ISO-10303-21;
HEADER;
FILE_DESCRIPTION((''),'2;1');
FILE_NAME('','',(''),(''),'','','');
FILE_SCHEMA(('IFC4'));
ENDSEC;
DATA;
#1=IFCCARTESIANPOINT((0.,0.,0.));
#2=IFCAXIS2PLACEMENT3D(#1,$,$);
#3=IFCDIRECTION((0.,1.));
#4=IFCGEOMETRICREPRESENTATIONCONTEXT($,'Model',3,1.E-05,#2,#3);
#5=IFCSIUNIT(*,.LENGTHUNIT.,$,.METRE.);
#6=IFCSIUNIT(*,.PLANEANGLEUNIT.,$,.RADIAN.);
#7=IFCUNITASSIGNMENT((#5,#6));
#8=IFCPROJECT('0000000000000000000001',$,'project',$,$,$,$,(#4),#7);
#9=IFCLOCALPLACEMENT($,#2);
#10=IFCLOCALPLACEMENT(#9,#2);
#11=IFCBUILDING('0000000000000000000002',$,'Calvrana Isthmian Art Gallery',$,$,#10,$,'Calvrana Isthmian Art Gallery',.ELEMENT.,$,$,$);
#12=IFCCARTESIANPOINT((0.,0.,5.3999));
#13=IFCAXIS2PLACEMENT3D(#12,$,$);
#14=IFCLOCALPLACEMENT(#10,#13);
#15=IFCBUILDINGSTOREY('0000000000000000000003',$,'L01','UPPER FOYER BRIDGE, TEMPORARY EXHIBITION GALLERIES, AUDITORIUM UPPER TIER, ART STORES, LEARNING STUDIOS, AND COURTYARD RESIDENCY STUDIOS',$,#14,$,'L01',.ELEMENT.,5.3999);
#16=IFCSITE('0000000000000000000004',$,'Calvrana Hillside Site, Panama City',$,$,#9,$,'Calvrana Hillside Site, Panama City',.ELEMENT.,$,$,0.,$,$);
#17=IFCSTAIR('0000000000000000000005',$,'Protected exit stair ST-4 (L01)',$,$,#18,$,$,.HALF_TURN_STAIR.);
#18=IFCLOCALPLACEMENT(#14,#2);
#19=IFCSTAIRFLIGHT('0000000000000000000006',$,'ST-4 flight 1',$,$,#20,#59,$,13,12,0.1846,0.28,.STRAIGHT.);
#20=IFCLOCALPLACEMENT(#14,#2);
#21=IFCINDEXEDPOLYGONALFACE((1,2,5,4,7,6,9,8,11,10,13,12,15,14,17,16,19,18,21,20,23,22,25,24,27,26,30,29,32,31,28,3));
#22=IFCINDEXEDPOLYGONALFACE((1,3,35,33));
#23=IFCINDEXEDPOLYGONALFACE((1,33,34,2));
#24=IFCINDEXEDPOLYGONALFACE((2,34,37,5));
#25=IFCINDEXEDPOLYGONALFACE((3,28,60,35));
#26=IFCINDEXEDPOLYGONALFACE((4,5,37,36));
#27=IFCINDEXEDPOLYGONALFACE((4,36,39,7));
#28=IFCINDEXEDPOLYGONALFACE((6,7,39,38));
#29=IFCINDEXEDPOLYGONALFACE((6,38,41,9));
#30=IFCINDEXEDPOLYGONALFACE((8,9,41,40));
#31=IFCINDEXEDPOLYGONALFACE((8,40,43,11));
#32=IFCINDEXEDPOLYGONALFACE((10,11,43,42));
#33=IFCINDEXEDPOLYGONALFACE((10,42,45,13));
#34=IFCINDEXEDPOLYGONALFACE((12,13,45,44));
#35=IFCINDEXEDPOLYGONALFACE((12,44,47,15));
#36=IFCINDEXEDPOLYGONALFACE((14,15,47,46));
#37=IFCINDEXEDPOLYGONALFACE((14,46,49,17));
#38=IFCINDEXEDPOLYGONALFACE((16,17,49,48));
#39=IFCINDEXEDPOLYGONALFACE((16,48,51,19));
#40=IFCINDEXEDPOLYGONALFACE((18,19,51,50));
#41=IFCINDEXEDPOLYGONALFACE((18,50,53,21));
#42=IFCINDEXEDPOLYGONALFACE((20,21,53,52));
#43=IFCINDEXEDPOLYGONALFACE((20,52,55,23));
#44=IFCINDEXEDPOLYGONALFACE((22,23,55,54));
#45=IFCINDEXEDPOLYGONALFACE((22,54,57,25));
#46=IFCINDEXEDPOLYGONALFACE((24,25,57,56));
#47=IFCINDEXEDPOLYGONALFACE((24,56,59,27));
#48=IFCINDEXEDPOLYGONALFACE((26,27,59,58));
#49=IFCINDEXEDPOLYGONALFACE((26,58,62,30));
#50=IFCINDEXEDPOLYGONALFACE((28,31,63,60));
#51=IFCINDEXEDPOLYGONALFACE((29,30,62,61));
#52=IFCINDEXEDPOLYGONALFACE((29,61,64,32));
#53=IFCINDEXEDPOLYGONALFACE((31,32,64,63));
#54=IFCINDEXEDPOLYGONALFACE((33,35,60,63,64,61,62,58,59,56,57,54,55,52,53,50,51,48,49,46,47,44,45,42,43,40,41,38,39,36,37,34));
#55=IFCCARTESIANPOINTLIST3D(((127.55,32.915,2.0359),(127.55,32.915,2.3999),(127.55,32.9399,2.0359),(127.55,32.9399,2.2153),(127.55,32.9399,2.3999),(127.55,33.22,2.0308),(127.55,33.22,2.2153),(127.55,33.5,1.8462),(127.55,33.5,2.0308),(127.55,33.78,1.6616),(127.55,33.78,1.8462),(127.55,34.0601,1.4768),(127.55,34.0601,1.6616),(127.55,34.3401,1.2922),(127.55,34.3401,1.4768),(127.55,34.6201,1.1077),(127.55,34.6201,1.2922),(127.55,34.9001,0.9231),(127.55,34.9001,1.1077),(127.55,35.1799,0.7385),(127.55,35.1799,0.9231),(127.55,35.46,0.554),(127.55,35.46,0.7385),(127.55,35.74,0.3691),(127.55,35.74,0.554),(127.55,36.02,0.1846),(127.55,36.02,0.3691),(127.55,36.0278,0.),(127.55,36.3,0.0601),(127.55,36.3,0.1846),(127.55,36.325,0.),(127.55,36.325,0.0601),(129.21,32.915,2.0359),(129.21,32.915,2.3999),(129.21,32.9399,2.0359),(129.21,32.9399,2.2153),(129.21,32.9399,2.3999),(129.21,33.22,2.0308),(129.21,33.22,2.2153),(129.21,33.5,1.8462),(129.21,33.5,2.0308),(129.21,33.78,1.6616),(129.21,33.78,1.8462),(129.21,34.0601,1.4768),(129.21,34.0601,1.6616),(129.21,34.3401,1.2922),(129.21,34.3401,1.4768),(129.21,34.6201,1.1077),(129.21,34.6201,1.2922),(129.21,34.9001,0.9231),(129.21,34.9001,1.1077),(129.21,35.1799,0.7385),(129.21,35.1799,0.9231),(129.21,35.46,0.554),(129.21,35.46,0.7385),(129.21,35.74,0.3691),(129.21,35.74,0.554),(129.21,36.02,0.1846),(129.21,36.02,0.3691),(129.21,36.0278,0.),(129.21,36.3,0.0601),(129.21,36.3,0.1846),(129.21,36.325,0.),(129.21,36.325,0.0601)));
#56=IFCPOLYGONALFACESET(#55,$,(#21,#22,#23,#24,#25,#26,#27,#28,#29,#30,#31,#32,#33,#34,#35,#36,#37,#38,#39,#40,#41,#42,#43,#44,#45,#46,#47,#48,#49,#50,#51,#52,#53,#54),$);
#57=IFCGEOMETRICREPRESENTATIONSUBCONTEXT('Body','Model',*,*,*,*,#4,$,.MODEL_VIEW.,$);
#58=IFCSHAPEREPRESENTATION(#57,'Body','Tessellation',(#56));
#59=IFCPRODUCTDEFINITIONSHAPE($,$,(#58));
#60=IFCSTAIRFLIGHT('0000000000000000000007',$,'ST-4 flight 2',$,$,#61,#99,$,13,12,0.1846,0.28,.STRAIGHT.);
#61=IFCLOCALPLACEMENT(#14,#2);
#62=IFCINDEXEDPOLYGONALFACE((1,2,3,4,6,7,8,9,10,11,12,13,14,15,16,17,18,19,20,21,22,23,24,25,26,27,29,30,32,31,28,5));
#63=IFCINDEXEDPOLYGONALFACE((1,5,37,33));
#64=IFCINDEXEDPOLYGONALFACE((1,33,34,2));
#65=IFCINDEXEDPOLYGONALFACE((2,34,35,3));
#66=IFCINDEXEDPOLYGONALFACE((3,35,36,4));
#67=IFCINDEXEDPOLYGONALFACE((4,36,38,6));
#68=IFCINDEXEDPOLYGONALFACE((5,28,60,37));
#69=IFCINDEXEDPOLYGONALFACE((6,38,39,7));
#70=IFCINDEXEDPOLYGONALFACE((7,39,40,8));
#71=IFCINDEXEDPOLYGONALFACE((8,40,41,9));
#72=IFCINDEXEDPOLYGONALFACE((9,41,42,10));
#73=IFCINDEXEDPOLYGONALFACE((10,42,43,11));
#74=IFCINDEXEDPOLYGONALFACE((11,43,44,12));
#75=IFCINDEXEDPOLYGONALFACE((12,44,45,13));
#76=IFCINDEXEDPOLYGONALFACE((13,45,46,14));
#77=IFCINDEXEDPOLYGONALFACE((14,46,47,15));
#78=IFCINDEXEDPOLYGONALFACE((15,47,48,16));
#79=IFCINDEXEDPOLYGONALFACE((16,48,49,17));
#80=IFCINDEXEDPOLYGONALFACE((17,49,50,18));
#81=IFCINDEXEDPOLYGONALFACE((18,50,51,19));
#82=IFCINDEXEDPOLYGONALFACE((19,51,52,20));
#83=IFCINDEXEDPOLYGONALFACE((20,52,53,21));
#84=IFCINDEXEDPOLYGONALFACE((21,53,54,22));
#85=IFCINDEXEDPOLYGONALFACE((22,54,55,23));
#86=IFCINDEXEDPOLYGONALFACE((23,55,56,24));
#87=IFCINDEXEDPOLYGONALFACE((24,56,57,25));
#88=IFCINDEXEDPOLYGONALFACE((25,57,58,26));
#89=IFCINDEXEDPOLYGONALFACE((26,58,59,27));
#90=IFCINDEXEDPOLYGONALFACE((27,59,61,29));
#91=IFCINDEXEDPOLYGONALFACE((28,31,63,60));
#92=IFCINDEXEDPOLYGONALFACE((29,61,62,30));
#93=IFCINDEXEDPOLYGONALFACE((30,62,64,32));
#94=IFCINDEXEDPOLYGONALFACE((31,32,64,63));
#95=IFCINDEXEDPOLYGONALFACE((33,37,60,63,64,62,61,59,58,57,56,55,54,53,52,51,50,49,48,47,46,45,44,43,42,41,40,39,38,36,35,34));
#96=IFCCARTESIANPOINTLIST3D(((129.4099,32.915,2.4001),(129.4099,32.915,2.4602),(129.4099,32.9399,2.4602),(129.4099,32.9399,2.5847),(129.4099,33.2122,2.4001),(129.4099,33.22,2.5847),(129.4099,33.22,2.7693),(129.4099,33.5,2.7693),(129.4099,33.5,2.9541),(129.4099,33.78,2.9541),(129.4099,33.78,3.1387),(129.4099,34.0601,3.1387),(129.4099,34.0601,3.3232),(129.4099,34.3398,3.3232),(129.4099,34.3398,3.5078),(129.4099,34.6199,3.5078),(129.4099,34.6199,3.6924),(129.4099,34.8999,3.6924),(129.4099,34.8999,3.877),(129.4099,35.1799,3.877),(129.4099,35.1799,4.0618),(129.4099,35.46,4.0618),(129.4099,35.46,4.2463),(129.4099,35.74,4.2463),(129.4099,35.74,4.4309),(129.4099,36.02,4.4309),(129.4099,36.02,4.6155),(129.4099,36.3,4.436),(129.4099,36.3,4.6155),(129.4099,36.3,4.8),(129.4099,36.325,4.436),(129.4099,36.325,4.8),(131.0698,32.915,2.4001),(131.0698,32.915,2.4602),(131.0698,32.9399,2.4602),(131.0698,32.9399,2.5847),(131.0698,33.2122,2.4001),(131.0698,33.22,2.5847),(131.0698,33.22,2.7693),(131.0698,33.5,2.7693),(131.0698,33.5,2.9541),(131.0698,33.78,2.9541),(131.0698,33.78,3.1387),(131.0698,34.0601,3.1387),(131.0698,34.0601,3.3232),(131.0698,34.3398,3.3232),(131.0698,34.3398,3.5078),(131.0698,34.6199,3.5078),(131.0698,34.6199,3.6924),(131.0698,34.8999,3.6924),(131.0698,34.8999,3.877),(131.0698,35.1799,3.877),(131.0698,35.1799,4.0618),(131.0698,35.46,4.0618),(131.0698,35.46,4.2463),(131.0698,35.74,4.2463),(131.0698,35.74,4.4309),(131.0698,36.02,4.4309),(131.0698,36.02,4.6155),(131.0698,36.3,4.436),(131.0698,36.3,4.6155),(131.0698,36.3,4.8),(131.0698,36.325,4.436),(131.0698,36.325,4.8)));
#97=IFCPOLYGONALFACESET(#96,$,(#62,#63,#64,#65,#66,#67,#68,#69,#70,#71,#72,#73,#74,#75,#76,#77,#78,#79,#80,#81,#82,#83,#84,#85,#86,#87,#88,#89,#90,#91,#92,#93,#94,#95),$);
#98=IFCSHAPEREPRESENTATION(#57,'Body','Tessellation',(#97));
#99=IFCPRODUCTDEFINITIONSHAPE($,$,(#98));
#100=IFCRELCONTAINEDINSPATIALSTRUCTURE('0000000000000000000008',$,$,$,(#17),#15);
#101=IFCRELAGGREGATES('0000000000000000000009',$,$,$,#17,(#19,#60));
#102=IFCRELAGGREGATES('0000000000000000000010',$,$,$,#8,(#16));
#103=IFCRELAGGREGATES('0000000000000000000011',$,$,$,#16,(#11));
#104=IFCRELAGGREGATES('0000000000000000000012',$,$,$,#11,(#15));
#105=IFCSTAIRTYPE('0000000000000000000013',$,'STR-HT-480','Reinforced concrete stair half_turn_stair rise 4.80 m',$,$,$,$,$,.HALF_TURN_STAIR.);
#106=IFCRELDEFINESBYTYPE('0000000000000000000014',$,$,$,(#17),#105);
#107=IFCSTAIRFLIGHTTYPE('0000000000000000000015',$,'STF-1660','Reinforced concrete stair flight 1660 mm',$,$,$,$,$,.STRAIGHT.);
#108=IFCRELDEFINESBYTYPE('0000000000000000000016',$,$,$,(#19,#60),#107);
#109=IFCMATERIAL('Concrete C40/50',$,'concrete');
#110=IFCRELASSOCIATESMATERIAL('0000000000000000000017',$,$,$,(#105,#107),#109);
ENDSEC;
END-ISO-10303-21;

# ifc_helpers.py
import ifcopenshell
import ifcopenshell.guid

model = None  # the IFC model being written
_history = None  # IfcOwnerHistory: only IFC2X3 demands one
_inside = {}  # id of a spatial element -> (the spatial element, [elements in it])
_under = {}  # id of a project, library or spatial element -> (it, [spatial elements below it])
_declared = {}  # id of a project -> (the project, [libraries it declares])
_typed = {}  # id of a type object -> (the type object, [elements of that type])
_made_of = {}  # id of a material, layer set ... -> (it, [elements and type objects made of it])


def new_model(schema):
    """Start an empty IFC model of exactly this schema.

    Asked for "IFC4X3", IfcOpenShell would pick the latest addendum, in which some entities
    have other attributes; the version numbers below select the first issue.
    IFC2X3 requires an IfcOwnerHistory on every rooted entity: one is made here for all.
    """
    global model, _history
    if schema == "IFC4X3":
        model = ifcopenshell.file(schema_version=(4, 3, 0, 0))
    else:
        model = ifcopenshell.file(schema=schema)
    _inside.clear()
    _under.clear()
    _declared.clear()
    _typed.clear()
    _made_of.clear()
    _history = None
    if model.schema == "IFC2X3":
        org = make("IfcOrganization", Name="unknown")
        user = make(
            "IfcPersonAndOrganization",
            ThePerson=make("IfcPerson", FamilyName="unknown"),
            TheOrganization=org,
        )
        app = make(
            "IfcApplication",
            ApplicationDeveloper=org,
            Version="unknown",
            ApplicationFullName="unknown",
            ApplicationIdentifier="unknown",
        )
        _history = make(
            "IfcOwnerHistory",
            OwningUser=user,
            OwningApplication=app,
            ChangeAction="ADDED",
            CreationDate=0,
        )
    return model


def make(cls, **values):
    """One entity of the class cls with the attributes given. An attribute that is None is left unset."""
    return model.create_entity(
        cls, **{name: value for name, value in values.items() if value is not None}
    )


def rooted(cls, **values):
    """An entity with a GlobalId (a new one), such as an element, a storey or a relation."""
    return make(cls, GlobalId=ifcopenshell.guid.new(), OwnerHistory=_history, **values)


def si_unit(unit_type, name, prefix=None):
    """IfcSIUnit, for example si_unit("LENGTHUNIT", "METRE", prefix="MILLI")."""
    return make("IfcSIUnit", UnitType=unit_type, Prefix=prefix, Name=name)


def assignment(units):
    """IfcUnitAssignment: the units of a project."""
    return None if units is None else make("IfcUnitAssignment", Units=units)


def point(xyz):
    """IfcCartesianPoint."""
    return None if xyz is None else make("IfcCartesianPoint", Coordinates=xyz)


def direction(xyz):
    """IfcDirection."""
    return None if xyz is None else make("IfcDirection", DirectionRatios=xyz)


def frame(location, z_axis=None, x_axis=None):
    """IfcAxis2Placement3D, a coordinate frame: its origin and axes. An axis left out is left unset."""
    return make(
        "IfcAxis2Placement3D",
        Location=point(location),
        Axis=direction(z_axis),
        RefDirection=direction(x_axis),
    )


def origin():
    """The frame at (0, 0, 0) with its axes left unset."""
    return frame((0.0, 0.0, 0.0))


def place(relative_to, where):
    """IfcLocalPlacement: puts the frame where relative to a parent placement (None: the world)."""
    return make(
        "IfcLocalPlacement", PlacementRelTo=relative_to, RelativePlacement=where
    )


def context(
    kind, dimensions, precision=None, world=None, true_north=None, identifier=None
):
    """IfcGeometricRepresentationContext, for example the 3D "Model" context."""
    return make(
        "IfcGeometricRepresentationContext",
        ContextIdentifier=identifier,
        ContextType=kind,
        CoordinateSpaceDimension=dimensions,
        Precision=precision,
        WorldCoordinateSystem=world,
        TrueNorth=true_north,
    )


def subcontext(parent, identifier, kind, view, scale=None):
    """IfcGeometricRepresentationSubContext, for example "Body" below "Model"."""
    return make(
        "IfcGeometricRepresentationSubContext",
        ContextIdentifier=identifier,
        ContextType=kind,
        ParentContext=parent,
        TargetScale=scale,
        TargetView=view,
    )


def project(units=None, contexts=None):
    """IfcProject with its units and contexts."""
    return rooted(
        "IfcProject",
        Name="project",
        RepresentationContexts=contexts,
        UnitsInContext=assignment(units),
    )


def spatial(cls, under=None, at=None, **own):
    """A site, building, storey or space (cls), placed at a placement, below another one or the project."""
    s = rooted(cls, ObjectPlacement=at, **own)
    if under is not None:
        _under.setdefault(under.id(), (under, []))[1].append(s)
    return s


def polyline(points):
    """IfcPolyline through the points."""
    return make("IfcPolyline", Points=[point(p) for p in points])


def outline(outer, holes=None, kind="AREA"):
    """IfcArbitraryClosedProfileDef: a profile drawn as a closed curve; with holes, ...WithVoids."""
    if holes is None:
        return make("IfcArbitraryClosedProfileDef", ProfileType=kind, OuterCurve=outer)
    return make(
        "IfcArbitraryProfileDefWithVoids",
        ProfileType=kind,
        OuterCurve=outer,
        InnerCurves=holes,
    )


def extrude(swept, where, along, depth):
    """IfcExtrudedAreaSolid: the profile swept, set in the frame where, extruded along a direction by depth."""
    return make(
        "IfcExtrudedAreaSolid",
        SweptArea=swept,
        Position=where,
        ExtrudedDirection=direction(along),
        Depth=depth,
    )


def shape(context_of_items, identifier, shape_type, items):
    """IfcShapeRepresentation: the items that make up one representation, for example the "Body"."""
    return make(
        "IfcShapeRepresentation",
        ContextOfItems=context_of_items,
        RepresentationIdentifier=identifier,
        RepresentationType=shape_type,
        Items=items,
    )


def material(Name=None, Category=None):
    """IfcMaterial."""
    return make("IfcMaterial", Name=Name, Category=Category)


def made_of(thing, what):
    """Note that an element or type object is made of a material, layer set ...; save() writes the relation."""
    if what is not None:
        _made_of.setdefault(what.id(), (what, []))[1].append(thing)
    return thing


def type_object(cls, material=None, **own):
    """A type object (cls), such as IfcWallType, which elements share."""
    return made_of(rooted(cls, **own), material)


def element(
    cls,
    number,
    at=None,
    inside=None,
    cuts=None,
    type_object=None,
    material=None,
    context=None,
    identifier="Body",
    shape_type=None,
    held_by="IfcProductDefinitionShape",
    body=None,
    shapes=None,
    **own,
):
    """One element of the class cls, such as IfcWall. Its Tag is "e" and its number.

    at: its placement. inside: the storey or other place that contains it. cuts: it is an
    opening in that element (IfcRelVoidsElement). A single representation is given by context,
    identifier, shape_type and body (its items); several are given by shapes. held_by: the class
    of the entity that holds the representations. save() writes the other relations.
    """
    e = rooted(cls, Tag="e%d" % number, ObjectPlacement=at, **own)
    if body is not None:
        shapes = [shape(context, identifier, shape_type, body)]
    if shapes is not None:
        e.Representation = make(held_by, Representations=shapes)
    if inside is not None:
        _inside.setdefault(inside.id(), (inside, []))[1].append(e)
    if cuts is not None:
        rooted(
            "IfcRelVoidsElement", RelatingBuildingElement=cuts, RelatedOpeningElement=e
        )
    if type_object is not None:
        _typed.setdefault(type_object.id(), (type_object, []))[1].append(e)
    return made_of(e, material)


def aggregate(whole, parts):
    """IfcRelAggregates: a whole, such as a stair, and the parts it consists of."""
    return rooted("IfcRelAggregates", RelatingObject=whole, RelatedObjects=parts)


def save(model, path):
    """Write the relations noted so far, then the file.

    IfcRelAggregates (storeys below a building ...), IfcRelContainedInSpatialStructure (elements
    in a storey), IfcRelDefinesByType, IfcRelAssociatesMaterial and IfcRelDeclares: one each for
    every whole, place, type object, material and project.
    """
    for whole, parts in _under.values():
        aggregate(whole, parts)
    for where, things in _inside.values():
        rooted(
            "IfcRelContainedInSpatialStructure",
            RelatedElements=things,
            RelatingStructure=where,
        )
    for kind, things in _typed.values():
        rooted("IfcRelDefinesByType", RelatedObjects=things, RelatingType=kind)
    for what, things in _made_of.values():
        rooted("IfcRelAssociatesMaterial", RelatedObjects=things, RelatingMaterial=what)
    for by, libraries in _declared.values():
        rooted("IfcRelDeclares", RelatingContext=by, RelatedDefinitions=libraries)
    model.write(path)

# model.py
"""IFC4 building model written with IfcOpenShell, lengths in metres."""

from ifc_helpers import new_model, si_unit, direction, frame, origin, place, context, subcontext, project, spatial, polyline, outline, extrude, material, type_object, element, aggregate, save


model = new_model("IFC4")

# Units and contexts
model_context = context("Model", 3, precision=1e-05, world=origin(), true_north=direction((0.0, 1.0)))
body_context = subcontext(model_context, "Body", "Model", "MODEL_VIEW")
ifc_project = project(units=[si_unit("LENGTHUNIT", "METRE"), si_unit("PLANEANGLEUNIT", "RADIAN")], contexts=[model_context])

# Site, building, storey
site_placement = place(None, origin())
site = spatial("IfcSite", under=ifc_project, at=site_placement, Name="Calvrana Hillside Site, Panama City", LongName="Calvrana Hillside Site, Panama City", CompositionType="ELEMENT", RefElevation=0.0)
building_placement = place(site_placement, origin())
building = spatial("IfcBuilding", under=site, at=building_placement, Name="Calvrana Isthmian Art Gallery", LongName="Calvrana Isthmian Art Gallery", CompositionType="ELEMENT")
storey_placement = place(building_placement, frame((0.0, 0.0, 5.3999)))
storey = spatial("IfcBuildingStorey", under=building, at=storey_placement, Name="L01", Description="UPPER FOYER BRIDGE, TEMPORARY EXHIBITION GALLERIES, AUDITORIUM UPPER TIER, ART STORES, LEARNING STUDIOS, AND COURTYARD RESIDENCY STUDIOS", LongName="L01", CompositionType="ELEMENT", Elevation=5.3999)

# Shared definitions
ifc_material_1 = material(Name="Concrete C40/50", Category="concrete")

# Stair, stair flights
stair_type = type_object("IfcStairType", Name="STR-HT-480", Description="Reinforced concrete stair half_turn_stair rise 4.80 m", PredefinedType="HALF_TURN_STAIR", material=ifc_material_1)
stair_placement = place(storey_placement, origin())
stair = element("IfcStair", 1, at=stair_placement, inside=storey, type_object=stair_type, Name="Protected exit stair ST-4 (L01)", PredefinedType="HALF_TURN_STAIR")
stair_flight_type = type_object("IfcStairFlightType", Name="STF-1660", Description="Reinforced concrete stair flight 1660 mm", PredefinedType="STRAIGHT", material=ifc_material_1)
stair_flight_1_placement = place(storey_placement, frame((128.3799, 36.3, 0.0), z_axis=(0.0, 0.0, 1.0), x_axis=(0.0, -1.0, 0.0)))
stair_flight_1 = element("IfcStairFlight", 2, at=stair_flight_1_placement, type_object=stair_flight_type, Name="ST-4 flight 1", NumberOfRisers=13, NumberOfTreads=12, PredefinedType="STRAIGHT", RiserHeight=0.1846, TreadLength=0.28, context=body_context, shape_type="SweptSolid", body=[
    extrude(outline(polyline([(-0.0249, 0.0), (-0.0249, 0.0601), (0.0, 0.0601), (0.0, 0.1846), (0.28, 0.1846), (0.28, 0.3691), (0.5601, 0.3691), (0.5601, 0.554), (0.8401, 0.554), (0.8401, 0.7385), (1.1201, 0.7385), (1.1201, 0.9231), (1.3999, 0.9231), (1.3999, 1.1077), (1.6799, 1.1077), (1.6799, 1.2922), (1.96, 1.2922), (1.96, 1.4768), (2.24, 1.4768), (2.24, 1.6616), (2.52, 1.6616), (2.52, 1.8462), (2.8, 1.8462), (2.8, 2.0308), (3.0801, 2.0308), (3.0801, 2.2153), (3.3601, 2.2153), (3.3601, 2.3999), (3.385, 2.3999), (3.385, 2.0359), (3.3601, 2.0359), (0.2722, 0.0), (-0.0249, 0.0)])), frame((0.0, 0.8301, 0.0), z_axis=(0.0, -1.0, 0.0), x_axis=(1.0, 0.0, 0.0)), (0.0, 0.0, 1.0), 1.6599),
])
stair_flight_2_placement = place(storey_placement, frame((130.24, 32.9399, 2.4001), z_axis=(0.0, 0.0, 1.0), x_axis=(0.0, 1.0, 0.0)))
stair_flight_2 = element("IfcStairFlight", 3, at=stair_flight_2_placement, type_object=stair_flight_type, Name="ST-4 flight 2", NumberOfRisers=13, NumberOfTreads=12, PredefinedType="STRAIGHT", RiserHeight=0.1846, TreadLength=0.28, context=body_context, shape_type="SweptSolid", body=[
    extrude(outline(polyline([(-0.0249, 0.0), (-0.0249, 0.0601), (0.0, 0.0601), (0.0, 0.1846), (0.28, 0.1846), (0.28, 0.3691), (0.5601, 0.3691), (0.5601, 0.554), (0.8401, 0.554), (0.8401, 0.7385), (1.1201, 0.7385), (1.1201, 0.9231), (1.3999, 0.9231), (1.3999, 1.1077), (1.6799, 1.1077), (1.6799, 1.2922), (1.96, 1.2922), (1.96, 1.4768), (2.24, 1.4768), (2.24, 1.6616), (2.52, 1.6616), (2.52, 1.8462), (2.8, 1.8462), (2.8, 2.0308), (3.0801, 2.0308), (3.0801, 2.2153), (3.3601, 2.2153), (3.3601, 2.3999), (3.385, 2.3999), (3.385, 2.0359), (3.3601, 2.0359), (0.2722, 0.0), (-0.0249, 0.0)])), frame((0.0, 0.8301, 0.0), z_axis=(0.0, -1.0, 0.0), x_axis=(1.0, 0.0, 0.0)), (0.0, 0.0, 1.0), 1.6599),
])
aggregate(stair, [stair_flight_1, stair_flight_2])

save(model, "model.ifc")
